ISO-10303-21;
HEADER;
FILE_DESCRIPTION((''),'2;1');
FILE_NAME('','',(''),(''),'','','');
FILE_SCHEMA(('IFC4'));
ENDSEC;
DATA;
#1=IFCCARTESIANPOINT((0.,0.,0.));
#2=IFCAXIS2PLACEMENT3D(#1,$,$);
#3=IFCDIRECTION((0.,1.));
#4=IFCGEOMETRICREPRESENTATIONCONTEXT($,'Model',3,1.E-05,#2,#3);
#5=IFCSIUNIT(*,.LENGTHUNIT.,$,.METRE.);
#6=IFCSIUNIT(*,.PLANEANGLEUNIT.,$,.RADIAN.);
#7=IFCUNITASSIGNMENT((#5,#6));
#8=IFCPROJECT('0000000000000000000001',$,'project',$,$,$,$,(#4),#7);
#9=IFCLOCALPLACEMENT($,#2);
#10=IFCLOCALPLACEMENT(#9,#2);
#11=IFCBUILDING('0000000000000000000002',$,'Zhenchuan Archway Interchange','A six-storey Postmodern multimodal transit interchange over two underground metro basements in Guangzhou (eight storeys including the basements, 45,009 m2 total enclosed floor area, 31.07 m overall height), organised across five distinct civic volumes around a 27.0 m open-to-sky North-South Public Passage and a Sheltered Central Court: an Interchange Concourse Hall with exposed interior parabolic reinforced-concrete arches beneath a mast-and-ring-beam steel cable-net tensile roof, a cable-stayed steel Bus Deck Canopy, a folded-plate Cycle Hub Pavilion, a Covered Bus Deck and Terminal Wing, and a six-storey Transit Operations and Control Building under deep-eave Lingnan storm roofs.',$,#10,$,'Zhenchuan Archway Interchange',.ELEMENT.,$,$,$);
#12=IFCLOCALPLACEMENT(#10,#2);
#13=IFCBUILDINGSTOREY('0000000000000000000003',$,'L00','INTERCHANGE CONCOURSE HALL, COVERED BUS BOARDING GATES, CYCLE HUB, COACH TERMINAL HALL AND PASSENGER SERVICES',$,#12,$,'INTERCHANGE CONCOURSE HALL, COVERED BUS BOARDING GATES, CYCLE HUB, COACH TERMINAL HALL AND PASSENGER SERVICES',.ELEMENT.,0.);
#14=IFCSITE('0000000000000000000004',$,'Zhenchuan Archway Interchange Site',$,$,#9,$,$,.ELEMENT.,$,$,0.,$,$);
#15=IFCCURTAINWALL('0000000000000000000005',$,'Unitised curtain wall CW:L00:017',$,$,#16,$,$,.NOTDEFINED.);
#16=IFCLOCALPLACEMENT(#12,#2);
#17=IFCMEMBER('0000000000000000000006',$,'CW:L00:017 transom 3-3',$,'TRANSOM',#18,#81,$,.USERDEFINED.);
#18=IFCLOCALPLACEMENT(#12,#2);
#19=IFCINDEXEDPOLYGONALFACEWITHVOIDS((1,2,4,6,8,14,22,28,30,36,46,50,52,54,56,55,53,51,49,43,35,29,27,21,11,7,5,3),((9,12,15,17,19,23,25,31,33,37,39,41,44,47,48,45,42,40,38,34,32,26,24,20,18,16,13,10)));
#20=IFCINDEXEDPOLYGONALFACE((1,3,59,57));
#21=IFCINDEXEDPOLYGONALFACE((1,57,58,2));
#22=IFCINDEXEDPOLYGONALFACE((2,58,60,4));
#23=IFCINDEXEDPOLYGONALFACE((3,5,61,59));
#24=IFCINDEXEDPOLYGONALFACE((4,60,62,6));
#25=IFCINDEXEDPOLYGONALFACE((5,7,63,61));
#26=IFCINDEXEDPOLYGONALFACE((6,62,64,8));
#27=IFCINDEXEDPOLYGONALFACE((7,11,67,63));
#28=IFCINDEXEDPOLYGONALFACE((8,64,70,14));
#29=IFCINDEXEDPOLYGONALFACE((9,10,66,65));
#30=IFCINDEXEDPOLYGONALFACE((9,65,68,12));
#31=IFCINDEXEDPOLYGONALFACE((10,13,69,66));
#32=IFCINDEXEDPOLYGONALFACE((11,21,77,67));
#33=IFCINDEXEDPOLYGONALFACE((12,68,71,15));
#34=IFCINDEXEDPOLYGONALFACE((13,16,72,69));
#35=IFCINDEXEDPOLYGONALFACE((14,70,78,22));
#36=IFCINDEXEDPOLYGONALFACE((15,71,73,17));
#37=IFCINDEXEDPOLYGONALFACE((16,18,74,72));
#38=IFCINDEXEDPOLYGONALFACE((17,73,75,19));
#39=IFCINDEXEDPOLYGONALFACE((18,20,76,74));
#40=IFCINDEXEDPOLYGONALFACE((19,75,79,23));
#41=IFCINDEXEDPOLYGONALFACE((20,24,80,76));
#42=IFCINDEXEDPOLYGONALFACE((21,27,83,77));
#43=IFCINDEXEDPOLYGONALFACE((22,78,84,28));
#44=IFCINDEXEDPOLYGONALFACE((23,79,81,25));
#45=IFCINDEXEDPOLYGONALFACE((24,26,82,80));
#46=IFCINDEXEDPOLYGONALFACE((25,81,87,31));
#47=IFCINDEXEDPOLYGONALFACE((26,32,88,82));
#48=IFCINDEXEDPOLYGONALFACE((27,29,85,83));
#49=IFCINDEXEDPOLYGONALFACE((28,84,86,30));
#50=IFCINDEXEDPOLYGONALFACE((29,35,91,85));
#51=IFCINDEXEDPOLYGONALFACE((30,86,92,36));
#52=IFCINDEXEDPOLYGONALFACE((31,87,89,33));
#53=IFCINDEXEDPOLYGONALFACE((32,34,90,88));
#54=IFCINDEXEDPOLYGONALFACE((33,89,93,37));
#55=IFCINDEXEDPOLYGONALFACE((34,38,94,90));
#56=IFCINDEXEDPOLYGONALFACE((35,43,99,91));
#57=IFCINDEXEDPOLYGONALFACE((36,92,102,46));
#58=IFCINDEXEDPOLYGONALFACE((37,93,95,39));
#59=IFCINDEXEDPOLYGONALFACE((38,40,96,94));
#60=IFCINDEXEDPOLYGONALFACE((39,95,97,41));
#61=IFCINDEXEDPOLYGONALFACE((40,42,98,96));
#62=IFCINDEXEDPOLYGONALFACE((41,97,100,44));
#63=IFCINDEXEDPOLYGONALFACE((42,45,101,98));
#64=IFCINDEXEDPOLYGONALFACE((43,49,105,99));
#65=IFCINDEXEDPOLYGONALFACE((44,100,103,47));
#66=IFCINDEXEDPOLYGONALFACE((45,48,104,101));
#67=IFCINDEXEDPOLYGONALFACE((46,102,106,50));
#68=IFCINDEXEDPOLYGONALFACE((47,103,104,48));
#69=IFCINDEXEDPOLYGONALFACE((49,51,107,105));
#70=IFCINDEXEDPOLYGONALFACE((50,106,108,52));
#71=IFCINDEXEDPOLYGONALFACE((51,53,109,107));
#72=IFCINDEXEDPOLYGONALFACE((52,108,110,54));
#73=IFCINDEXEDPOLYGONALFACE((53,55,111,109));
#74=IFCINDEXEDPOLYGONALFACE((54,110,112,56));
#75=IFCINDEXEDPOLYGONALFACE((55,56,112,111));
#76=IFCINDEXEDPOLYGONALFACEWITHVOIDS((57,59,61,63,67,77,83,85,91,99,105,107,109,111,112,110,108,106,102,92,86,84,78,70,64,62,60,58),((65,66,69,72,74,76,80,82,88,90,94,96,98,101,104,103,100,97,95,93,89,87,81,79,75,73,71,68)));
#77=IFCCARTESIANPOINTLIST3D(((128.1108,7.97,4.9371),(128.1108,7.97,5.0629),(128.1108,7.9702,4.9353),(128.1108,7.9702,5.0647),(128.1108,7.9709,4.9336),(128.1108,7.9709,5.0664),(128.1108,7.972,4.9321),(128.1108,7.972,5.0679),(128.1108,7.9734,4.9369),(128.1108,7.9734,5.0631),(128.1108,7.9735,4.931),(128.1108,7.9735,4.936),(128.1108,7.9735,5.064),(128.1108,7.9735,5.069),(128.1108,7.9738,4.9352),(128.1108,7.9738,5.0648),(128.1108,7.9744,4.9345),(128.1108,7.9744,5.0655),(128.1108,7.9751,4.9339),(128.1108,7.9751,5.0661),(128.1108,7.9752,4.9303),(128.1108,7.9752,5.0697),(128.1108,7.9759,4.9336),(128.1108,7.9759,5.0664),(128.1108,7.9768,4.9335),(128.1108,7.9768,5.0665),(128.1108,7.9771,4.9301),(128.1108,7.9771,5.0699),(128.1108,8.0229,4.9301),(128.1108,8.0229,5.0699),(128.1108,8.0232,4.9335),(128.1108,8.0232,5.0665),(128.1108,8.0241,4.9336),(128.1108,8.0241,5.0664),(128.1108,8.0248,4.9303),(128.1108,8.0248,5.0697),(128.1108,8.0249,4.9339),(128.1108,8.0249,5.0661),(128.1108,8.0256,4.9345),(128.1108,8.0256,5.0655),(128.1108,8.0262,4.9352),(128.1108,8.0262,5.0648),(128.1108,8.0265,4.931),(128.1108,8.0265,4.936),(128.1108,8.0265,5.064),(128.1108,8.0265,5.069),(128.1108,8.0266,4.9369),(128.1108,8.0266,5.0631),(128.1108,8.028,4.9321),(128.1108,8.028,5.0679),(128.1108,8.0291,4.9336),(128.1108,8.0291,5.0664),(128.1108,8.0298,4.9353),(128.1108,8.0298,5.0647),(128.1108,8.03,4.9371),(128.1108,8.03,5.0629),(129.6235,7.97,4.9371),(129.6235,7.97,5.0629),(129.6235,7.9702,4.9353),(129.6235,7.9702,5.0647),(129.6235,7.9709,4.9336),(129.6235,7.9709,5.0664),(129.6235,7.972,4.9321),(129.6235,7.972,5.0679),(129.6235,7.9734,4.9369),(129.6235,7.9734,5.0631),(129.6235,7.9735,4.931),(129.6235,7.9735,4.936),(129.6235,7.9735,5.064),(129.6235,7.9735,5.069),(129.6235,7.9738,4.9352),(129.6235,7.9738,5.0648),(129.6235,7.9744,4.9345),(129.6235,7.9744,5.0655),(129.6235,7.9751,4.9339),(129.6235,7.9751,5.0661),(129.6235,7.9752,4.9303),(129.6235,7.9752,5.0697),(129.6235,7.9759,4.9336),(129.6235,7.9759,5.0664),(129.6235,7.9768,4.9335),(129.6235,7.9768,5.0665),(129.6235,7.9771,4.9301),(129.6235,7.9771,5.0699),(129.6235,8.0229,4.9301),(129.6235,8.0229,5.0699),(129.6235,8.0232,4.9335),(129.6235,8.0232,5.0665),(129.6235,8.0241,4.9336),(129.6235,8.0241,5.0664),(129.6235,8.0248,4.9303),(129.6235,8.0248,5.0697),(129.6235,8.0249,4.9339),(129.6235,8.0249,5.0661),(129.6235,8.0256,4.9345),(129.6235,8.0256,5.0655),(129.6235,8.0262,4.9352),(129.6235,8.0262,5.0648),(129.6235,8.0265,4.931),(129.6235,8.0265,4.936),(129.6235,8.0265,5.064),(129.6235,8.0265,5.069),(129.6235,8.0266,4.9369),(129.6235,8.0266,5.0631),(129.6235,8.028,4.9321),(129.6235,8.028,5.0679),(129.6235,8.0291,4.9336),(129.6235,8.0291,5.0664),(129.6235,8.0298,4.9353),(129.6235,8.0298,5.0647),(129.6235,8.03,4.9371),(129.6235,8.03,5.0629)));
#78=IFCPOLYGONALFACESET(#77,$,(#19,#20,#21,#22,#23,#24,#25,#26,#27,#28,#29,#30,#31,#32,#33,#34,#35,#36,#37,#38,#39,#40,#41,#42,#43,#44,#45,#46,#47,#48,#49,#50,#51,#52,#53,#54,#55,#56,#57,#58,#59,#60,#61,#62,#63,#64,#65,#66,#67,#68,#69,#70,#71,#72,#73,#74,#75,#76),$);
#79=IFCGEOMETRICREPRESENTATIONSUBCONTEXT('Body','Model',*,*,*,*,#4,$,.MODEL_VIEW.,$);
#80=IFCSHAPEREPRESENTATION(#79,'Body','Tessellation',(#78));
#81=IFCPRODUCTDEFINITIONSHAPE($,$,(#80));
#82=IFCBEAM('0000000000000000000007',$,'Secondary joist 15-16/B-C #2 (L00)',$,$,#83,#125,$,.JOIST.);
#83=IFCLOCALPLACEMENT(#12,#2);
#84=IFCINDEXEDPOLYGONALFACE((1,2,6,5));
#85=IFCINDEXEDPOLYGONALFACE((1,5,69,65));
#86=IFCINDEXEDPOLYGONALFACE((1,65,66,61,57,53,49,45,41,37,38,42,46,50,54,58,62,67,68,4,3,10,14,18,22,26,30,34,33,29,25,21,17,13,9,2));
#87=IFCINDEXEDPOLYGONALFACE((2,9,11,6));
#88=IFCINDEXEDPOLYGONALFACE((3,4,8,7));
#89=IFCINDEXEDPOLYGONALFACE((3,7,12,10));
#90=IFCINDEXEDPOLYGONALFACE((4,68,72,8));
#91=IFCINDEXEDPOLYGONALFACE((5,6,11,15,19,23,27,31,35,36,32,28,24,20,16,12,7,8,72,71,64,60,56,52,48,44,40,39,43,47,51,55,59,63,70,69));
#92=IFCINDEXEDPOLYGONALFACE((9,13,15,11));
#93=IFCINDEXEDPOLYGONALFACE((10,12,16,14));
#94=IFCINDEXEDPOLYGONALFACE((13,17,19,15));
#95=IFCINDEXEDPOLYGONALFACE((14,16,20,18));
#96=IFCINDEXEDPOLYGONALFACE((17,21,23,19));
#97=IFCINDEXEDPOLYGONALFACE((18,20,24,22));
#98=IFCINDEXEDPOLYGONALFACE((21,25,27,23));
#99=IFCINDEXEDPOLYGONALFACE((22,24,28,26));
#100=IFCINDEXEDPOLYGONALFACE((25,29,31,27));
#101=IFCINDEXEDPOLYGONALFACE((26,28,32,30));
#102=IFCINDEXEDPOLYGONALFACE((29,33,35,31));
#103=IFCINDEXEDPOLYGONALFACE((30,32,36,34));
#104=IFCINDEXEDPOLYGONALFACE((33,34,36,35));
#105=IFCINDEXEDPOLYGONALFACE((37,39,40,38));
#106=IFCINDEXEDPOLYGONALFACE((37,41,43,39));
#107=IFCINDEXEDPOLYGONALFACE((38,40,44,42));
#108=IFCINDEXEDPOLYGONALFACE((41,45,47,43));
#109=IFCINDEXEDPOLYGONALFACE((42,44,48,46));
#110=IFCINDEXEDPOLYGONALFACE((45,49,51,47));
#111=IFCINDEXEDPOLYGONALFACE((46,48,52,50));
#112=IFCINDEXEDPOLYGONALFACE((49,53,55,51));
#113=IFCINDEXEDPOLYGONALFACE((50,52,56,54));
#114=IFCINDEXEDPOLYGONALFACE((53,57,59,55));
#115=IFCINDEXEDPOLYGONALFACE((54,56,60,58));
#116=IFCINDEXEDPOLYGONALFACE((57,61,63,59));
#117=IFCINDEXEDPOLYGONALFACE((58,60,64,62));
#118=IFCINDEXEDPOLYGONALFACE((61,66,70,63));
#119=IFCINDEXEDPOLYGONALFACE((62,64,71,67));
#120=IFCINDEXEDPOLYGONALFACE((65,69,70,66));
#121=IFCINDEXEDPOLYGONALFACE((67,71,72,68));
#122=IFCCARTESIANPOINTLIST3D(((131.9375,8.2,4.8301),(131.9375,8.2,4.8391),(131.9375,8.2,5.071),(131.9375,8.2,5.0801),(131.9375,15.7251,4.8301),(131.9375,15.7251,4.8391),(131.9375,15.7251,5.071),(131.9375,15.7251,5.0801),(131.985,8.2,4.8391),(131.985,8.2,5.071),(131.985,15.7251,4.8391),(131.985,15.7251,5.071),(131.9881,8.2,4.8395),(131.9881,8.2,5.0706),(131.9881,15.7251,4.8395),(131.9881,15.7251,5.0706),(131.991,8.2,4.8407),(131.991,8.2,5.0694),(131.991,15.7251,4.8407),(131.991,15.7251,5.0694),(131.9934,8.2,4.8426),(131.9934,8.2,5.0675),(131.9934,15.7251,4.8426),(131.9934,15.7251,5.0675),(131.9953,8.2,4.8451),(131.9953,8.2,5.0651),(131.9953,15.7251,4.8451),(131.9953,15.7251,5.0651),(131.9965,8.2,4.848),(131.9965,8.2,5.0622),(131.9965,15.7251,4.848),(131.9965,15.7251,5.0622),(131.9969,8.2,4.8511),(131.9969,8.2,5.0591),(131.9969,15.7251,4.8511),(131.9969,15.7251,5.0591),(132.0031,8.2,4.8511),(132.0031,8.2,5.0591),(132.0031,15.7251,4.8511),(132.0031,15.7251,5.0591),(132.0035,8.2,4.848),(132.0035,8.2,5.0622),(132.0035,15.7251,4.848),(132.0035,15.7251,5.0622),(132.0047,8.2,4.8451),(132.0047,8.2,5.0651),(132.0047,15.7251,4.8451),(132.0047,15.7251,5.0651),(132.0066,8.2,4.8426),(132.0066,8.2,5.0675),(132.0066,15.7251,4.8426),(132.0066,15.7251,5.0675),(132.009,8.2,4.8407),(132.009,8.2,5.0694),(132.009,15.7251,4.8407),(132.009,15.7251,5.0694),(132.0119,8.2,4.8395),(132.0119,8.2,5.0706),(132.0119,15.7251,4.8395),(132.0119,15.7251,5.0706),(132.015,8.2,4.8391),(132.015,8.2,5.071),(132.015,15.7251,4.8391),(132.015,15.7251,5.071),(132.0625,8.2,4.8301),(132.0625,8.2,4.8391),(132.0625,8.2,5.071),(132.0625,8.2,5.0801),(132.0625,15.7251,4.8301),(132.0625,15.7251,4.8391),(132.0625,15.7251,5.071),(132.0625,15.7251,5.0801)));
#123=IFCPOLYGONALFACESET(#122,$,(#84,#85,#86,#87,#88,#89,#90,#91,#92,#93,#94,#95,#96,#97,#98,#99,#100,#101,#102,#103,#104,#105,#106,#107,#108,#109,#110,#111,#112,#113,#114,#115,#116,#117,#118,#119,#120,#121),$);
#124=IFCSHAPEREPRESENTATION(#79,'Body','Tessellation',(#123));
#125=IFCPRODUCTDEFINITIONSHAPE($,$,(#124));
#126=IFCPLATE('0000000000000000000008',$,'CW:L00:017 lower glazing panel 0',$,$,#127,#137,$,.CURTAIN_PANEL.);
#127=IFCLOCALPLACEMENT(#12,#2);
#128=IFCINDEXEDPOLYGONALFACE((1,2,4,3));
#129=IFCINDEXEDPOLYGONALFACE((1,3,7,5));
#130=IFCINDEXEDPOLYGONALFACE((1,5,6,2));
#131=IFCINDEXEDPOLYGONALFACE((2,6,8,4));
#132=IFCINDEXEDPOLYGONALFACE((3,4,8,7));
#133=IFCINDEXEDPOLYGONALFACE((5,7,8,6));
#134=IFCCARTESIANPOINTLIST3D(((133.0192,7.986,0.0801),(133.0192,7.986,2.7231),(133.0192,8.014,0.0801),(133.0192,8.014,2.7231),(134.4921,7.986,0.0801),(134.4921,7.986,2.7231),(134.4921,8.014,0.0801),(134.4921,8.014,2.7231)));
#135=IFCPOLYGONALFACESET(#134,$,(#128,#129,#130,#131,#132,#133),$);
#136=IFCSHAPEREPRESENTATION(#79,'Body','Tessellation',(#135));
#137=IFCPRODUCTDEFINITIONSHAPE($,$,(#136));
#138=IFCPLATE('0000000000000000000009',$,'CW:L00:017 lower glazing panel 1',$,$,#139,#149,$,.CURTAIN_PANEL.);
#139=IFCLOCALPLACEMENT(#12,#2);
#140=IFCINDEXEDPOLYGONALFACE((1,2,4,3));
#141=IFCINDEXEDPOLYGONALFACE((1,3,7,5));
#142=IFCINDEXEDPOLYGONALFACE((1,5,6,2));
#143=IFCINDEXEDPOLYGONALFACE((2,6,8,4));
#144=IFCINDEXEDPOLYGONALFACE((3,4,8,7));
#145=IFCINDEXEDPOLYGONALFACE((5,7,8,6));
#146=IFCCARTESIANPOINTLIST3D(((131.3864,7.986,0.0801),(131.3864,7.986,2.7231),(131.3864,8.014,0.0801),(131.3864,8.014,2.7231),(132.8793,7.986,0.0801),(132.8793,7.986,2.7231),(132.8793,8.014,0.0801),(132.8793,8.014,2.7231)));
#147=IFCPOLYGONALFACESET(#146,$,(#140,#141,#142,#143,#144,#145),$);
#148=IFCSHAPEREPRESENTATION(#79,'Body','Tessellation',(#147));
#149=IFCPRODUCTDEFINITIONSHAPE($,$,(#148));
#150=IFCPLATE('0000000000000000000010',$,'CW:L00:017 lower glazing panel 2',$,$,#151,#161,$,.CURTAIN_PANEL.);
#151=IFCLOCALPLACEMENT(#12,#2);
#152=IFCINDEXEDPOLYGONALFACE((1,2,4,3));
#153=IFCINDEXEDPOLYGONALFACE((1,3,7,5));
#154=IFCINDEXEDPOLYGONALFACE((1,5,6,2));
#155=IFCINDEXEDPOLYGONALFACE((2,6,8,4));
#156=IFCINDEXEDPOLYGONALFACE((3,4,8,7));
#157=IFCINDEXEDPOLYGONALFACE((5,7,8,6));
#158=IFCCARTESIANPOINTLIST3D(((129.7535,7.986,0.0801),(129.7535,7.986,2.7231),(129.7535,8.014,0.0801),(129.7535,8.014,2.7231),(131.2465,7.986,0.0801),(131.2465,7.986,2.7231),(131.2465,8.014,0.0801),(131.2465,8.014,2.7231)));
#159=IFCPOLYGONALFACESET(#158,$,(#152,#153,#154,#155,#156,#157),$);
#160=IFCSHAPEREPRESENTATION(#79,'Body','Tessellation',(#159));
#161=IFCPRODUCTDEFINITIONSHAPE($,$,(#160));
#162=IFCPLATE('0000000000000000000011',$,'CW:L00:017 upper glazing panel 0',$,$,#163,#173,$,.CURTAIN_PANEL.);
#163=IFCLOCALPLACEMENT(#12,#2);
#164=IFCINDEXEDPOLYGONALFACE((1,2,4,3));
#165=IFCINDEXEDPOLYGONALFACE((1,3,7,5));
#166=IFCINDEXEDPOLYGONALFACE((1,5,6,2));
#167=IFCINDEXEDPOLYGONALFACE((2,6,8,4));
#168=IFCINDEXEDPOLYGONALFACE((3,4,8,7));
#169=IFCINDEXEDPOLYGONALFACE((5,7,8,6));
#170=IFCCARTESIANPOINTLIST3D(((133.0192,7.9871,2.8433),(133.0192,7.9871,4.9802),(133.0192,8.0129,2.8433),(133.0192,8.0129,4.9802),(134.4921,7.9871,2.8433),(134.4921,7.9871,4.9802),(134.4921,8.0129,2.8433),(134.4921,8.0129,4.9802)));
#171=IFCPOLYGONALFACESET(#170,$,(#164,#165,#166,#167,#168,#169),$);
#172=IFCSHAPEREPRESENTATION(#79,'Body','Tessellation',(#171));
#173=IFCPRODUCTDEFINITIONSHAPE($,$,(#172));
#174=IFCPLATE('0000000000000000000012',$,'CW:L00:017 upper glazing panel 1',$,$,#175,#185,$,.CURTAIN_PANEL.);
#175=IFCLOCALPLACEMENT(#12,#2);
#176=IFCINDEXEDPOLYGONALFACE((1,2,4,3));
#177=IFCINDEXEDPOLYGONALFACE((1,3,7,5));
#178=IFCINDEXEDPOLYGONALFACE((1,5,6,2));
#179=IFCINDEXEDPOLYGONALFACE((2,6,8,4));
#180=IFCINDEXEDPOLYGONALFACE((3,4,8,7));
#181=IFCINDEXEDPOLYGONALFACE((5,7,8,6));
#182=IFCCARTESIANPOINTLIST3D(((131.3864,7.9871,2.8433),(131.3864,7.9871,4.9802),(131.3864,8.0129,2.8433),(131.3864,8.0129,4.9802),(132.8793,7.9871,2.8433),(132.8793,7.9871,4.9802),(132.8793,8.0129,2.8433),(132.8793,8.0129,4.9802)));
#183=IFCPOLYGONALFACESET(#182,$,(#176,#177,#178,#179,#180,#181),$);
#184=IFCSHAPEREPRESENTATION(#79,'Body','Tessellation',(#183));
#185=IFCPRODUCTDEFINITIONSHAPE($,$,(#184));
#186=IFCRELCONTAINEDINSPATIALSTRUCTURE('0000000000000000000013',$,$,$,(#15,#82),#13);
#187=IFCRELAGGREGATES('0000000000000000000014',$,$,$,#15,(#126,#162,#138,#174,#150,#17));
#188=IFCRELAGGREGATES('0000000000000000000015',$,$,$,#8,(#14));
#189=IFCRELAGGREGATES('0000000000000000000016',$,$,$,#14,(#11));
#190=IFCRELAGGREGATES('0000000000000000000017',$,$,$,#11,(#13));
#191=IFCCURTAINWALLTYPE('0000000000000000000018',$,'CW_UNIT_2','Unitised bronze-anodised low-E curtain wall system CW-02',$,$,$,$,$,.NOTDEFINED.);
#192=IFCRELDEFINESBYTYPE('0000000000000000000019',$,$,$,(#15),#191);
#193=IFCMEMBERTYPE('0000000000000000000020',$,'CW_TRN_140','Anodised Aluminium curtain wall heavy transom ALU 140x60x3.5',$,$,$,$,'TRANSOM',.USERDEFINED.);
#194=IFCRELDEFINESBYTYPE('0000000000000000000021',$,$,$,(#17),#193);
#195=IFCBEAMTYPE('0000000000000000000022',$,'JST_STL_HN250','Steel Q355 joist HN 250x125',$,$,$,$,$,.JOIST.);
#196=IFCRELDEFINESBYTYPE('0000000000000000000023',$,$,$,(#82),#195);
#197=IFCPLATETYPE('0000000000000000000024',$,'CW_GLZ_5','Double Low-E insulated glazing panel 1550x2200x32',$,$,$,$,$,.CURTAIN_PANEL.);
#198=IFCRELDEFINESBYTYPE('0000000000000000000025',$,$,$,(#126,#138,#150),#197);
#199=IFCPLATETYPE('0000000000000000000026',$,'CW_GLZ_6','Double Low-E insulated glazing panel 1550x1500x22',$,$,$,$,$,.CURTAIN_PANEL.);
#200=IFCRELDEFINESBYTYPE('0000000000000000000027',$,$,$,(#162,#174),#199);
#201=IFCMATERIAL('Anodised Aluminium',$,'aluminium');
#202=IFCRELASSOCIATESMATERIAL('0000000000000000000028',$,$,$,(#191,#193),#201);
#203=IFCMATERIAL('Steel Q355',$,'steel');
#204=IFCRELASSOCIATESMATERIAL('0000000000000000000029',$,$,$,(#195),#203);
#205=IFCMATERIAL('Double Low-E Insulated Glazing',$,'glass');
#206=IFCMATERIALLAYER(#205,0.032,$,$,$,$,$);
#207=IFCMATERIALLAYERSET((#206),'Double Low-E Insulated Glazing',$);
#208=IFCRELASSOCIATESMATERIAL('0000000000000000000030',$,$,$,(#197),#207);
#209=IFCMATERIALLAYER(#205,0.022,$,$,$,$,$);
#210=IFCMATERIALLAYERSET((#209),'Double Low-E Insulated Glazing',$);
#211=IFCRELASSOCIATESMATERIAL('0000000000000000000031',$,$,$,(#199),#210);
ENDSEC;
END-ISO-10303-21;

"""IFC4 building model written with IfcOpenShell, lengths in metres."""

from ifc_helpers import new_model, si_unit, direction, frame, origin, origin_2d, place, context, subcontext, project, spatial, rectangle, hollow_rectangle, i_section, extrude, material, layer, layer_set, material_profile, profile_set, type_object, element, aggregate, save


model = new_model("IFC4")

# Units and contexts
model_context = context("Model", 3, precision=1e-05, world=origin(), true_north=direction((0.0, 1.0)))
body_context = subcontext(model_context, "Body", "Model", "MODEL_VIEW")
ifc_project = project(units=[si_unit("LENGTHUNIT", "METRE"), si_unit("PLANEANGLEUNIT", "RADIAN")], contexts=[model_context])

# Site, building, storey
site_placement = place(None, origin())
site = spatial("IfcSite", under=ifc_project, at=site_placement, Name="Zhenchuan Archway Interchange Site", CompositionType="ELEMENT", RefElevation=0.0)
building_placement = place(site_placement, origin())
building = spatial("IfcBuilding", under=site, at=building_placement, Name="Zhenchuan Archway Interchange", Description="A six-storey Postmodern multimodal transit interchange over two underground metro basements in Guangzhou (eight storeys including the basements, 45,009 m2 total enclosed floor area, 31.07 m overall height), organised across five distinct civic volumes around a 27.0 m open-to-sky North-South Public Passage and a Sheltered Central Court: an Interchange Concourse Hall with exposed interior parabolic reinforced-concrete arches beneath a mast-and-ring-beam steel cable-net tensile roof, a cable-stayed steel Bus Deck Canopy, a folded-plate Cycle Hub Pavilion, a Covered Bus Deck and Terminal Wing, and a six-storey Transit Operations and Control Building under deep-eave Lingnan storm roofs.", LongName="Zhenchuan Archway Interchange", CompositionType="ELEMENT")
storey_placement = place(building_placement, origin())
storey = spatial("IfcBuildingStorey", under=building, at=storey_placement, Name="L00", Description="INTERCHANGE CONCOURSE HALL, COVERED BUS BOARDING GATES, CYCLE HUB, COACH TERMINAL HALL AND PASSENGER SERVICES", LongName="INTERCHANGE CONCOURSE HALL, COVERED BUS BOARDING GATES, CYCLE HUB, COACH TERMINAL HALL AND PASSENGER SERVICES", CompositionType="ELEMENT", Elevation=0.0)

# Curtain wall, member
ifc_material_1 = material(Name="Anodised Aluminium", Category="aluminium")
curtain_wall_type = type_object("IfcCurtainWallType", Name="CW_UNIT_2", Description="Unitised bronze-anodised low-E curtain wall system CW-02", PredefinedType="NOTDEFINED", material=ifc_material_1)
curtain_wall_placement = place(storey_placement, origin())
curtain_wall = element("IfcCurtainWall", 1, at=curtain_wall_placement, inside=storey, type_object=curtain_wall_type, Name="Unitised curtain wall CW:L00:017", PredefinedType="NOTDEFINED")
ifc_material_profile_1 = material_profile(ifc_material_1, hollow_rectangle(XDim=0.0601, YDim=0.1399, WallThickness=0.0034, InnerFilletRadius=0.0034, OuterFilletRadius=0.0071, at=origin_2d()), Name="ALU 140x60x3.5")
ifc_profile_set_1 = profile_set([ifc_material_profile_1], Name="Anodised Aluminium")
member_type_1 = type_object("IfcMemberType", Name="CW_TRN_140", Description="Anodised Aluminium curtain wall heavy transom ALU 140x60x3.5", ElementType="TRANSOM", PredefinedType="USERDEFINED", material=ifc_profile_set_1)
member_1_placement = place(storey_placement, frame((129.6235, 8.0, 5.0), z_axis=(-1.0, 0.0, 0.0), x_axis=(0.0, -1.0, 0.0)))
member_1 = element("IfcMember", 2, at=member_1_placement, type_object=member_type_1, Name="CW:L00:017 transom 3-3", ObjectType="TRANSOM", PredefinedType="USERDEFINED", context=body_context, shape_type="SweptSolid", body=[
    extrude(hollow_rectangle(XDim=0.0601, YDim=0.1399, WallThickness=0.0034, InnerFilletRadius=0.0034, OuterFilletRadius=0.0071, at=origin_2d()), origin(), (0.0, 0.0, 1.0), 1.5127),
])

# Beam
ifc_material_2 = material(Name="Steel Q355", Category="steel")
ifc_material_profile_2 = material_profile(ifc_material_2, i_section(OverallWidth=0.125, OverallDepth=0.25, WebThickness=0.0061, FlangeThickness=0.009, FilletRadius=0.012, at=origin_2d()), Name="HN 250x125")
ifc_profile_set_2 = profile_set([ifc_material_profile_2], Name="Steel Q355")
beam_type = type_object("IfcBeamType", Name="JST_STL_HN250", Description="Steel Q355 joist HN 250x125", PredefinedType="JOIST", material=ifc_profile_set_2)
beam_placement = place(storey_placement, frame((132.0, 8.2, 4.9551), z_axis=(0.0, 1.0, 0.0), x_axis=(-1.0, 0.0, 0.0)))
element("IfcBeam", 3, at=beam_placement, inside=storey, type_object=beam_type, Name="Secondary joist 15-16/B-C #2 (L00)", PredefinedType="JOIST", context=body_context, shape_type="SweptSolid", body=[
    extrude(i_section(OverallWidth=0.125, OverallDepth=0.25, WebThickness=0.0061, FlangeThickness=0.009, FilletRadius=0.012, at=origin_2d()), origin(), (0.0, 0.0, 1.0), 7.5251),
])

# Plates
ifc_material_3 = material(Name="Double Low-E Insulated Glazing", Category="glass")
ifc_layer_1 = layer(ifc_material_3, 0.032)
ifc_layer_set_1 = layer_set([ifc_layer_1], Name="Double Low-E Insulated Glazing")
plate_type_1 = type_object("IfcPlateType", Name="CW_GLZ_5", Description="Double Low-E insulated glazing panel 1550x2200x32", PredefinedType="CURTAIN_PANEL", material=ifc_layer_set_1)
plate_1_placement = place(storey_placement, frame((133.7556, 8.0, 0.0801), z_axis=(0.0, 0.0, 1.0), x_axis=(-1.0, 0.0, 0.0)))
plate_1 = element("IfcPlate", 4, at=plate_1_placement, type_object=plate_type_1, Name="CW:L00:017 lower glazing panel 0", PredefinedType="CURTAIN_PANEL", context=body_context, shape_type="SweptSolid", body=[
    extrude(rectangle(XDim=1.4729, YDim=0.0281, at=origin_2d()), origin(), (0.0, 0.0, 1.0), 2.6431),
])
plate_2_placement = place(storey_placement, frame((132.1328, 8.0, 0.0801), z_axis=(0.0, 0.0, 1.0), x_axis=(-1.0, 0.0, 0.0)))
plate_2 = element("IfcPlate", 5, at=plate_2_placement, type_object=plate_type_1, Name="CW:L00:017 lower glazing panel 1", PredefinedType="CURTAIN_PANEL", context=body_context, shape_type="SweptSolid", body=[
    extrude(rectangle(XDim=1.4929, YDim=0.0281, at=origin_2d()), origin(), (0.0, 0.0, 1.0), 2.6431),
])
plate_3_placement = place(storey_placement, frame((130.5, 8.0, 0.0801), z_axis=(0.0, 0.0, 1.0), x_axis=(-1.0, 0.0, 0.0)))
plate_3 = element("IfcPlate", 6, at=plate_3_placement, type_object=plate_type_1, Name="CW:L00:017 lower glazing panel 2", PredefinedType="CURTAIN_PANEL", context=body_context, shape_type="SweptSolid", body=[
    extrude(rectangle(XDim=1.4929, YDim=0.0281, at=origin_2d()), origin(), (0.0, 0.0, 1.0), 2.6431),
])
ifc_layer_2 = layer(ifc_material_3, 0.022)
ifc_layer_set_2 = layer_set([ifc_layer_2], Name="Double Low-E Insulated Glazing")
plate_type_2 = type_object("IfcPlateType", Name="CW_GLZ_6", Description="Double Low-E insulated glazing panel 1550x1500x22", PredefinedType="CURTAIN_PANEL", material=ifc_layer_set_2)
plate_4_placement = place(storey_placement, frame((133.7556, 8.0, 2.8433), z_axis=(0.0, 0.0, 1.0), x_axis=(-1.0, 0.0, 0.0)))
plate_4 = element("IfcPlate", 7, at=plate_4_placement, type_object=plate_type_2, Name="CW:L00:017 upper glazing panel 0", PredefinedType="CURTAIN_PANEL", context=body_context, shape_type="SweptSolid", body=[
    extrude(rectangle(XDim=1.4729, YDim=0.0259, at=origin_2d()), origin(), (0.0, 0.0, 1.0), 2.137),
])
plate_5_placement = place(storey_placement, frame((132.1328, 8.0, 2.8433), z_axis=(0.0, 0.0, 1.0), x_axis=(-1.0, 0.0, 0.0)))
plate_5 = element("IfcPlate", 8, at=plate_5_placement, type_object=plate_type_2, Name="CW:L00:017 upper glazing panel 1", PredefinedType="CURTAIN_PANEL", context=body_context, shape_type="SweptSolid", body=[
    extrude(rectangle(XDim=1.4929, YDim=0.0259, at=origin_2d()), origin(), (0.0, 0.0, 1.0), 2.137),
])
aggregate(curtain_wall, [plate_1, plate_4, plate_2, plate_5, plate_3, member_1])

save(model, "model.ifc")
